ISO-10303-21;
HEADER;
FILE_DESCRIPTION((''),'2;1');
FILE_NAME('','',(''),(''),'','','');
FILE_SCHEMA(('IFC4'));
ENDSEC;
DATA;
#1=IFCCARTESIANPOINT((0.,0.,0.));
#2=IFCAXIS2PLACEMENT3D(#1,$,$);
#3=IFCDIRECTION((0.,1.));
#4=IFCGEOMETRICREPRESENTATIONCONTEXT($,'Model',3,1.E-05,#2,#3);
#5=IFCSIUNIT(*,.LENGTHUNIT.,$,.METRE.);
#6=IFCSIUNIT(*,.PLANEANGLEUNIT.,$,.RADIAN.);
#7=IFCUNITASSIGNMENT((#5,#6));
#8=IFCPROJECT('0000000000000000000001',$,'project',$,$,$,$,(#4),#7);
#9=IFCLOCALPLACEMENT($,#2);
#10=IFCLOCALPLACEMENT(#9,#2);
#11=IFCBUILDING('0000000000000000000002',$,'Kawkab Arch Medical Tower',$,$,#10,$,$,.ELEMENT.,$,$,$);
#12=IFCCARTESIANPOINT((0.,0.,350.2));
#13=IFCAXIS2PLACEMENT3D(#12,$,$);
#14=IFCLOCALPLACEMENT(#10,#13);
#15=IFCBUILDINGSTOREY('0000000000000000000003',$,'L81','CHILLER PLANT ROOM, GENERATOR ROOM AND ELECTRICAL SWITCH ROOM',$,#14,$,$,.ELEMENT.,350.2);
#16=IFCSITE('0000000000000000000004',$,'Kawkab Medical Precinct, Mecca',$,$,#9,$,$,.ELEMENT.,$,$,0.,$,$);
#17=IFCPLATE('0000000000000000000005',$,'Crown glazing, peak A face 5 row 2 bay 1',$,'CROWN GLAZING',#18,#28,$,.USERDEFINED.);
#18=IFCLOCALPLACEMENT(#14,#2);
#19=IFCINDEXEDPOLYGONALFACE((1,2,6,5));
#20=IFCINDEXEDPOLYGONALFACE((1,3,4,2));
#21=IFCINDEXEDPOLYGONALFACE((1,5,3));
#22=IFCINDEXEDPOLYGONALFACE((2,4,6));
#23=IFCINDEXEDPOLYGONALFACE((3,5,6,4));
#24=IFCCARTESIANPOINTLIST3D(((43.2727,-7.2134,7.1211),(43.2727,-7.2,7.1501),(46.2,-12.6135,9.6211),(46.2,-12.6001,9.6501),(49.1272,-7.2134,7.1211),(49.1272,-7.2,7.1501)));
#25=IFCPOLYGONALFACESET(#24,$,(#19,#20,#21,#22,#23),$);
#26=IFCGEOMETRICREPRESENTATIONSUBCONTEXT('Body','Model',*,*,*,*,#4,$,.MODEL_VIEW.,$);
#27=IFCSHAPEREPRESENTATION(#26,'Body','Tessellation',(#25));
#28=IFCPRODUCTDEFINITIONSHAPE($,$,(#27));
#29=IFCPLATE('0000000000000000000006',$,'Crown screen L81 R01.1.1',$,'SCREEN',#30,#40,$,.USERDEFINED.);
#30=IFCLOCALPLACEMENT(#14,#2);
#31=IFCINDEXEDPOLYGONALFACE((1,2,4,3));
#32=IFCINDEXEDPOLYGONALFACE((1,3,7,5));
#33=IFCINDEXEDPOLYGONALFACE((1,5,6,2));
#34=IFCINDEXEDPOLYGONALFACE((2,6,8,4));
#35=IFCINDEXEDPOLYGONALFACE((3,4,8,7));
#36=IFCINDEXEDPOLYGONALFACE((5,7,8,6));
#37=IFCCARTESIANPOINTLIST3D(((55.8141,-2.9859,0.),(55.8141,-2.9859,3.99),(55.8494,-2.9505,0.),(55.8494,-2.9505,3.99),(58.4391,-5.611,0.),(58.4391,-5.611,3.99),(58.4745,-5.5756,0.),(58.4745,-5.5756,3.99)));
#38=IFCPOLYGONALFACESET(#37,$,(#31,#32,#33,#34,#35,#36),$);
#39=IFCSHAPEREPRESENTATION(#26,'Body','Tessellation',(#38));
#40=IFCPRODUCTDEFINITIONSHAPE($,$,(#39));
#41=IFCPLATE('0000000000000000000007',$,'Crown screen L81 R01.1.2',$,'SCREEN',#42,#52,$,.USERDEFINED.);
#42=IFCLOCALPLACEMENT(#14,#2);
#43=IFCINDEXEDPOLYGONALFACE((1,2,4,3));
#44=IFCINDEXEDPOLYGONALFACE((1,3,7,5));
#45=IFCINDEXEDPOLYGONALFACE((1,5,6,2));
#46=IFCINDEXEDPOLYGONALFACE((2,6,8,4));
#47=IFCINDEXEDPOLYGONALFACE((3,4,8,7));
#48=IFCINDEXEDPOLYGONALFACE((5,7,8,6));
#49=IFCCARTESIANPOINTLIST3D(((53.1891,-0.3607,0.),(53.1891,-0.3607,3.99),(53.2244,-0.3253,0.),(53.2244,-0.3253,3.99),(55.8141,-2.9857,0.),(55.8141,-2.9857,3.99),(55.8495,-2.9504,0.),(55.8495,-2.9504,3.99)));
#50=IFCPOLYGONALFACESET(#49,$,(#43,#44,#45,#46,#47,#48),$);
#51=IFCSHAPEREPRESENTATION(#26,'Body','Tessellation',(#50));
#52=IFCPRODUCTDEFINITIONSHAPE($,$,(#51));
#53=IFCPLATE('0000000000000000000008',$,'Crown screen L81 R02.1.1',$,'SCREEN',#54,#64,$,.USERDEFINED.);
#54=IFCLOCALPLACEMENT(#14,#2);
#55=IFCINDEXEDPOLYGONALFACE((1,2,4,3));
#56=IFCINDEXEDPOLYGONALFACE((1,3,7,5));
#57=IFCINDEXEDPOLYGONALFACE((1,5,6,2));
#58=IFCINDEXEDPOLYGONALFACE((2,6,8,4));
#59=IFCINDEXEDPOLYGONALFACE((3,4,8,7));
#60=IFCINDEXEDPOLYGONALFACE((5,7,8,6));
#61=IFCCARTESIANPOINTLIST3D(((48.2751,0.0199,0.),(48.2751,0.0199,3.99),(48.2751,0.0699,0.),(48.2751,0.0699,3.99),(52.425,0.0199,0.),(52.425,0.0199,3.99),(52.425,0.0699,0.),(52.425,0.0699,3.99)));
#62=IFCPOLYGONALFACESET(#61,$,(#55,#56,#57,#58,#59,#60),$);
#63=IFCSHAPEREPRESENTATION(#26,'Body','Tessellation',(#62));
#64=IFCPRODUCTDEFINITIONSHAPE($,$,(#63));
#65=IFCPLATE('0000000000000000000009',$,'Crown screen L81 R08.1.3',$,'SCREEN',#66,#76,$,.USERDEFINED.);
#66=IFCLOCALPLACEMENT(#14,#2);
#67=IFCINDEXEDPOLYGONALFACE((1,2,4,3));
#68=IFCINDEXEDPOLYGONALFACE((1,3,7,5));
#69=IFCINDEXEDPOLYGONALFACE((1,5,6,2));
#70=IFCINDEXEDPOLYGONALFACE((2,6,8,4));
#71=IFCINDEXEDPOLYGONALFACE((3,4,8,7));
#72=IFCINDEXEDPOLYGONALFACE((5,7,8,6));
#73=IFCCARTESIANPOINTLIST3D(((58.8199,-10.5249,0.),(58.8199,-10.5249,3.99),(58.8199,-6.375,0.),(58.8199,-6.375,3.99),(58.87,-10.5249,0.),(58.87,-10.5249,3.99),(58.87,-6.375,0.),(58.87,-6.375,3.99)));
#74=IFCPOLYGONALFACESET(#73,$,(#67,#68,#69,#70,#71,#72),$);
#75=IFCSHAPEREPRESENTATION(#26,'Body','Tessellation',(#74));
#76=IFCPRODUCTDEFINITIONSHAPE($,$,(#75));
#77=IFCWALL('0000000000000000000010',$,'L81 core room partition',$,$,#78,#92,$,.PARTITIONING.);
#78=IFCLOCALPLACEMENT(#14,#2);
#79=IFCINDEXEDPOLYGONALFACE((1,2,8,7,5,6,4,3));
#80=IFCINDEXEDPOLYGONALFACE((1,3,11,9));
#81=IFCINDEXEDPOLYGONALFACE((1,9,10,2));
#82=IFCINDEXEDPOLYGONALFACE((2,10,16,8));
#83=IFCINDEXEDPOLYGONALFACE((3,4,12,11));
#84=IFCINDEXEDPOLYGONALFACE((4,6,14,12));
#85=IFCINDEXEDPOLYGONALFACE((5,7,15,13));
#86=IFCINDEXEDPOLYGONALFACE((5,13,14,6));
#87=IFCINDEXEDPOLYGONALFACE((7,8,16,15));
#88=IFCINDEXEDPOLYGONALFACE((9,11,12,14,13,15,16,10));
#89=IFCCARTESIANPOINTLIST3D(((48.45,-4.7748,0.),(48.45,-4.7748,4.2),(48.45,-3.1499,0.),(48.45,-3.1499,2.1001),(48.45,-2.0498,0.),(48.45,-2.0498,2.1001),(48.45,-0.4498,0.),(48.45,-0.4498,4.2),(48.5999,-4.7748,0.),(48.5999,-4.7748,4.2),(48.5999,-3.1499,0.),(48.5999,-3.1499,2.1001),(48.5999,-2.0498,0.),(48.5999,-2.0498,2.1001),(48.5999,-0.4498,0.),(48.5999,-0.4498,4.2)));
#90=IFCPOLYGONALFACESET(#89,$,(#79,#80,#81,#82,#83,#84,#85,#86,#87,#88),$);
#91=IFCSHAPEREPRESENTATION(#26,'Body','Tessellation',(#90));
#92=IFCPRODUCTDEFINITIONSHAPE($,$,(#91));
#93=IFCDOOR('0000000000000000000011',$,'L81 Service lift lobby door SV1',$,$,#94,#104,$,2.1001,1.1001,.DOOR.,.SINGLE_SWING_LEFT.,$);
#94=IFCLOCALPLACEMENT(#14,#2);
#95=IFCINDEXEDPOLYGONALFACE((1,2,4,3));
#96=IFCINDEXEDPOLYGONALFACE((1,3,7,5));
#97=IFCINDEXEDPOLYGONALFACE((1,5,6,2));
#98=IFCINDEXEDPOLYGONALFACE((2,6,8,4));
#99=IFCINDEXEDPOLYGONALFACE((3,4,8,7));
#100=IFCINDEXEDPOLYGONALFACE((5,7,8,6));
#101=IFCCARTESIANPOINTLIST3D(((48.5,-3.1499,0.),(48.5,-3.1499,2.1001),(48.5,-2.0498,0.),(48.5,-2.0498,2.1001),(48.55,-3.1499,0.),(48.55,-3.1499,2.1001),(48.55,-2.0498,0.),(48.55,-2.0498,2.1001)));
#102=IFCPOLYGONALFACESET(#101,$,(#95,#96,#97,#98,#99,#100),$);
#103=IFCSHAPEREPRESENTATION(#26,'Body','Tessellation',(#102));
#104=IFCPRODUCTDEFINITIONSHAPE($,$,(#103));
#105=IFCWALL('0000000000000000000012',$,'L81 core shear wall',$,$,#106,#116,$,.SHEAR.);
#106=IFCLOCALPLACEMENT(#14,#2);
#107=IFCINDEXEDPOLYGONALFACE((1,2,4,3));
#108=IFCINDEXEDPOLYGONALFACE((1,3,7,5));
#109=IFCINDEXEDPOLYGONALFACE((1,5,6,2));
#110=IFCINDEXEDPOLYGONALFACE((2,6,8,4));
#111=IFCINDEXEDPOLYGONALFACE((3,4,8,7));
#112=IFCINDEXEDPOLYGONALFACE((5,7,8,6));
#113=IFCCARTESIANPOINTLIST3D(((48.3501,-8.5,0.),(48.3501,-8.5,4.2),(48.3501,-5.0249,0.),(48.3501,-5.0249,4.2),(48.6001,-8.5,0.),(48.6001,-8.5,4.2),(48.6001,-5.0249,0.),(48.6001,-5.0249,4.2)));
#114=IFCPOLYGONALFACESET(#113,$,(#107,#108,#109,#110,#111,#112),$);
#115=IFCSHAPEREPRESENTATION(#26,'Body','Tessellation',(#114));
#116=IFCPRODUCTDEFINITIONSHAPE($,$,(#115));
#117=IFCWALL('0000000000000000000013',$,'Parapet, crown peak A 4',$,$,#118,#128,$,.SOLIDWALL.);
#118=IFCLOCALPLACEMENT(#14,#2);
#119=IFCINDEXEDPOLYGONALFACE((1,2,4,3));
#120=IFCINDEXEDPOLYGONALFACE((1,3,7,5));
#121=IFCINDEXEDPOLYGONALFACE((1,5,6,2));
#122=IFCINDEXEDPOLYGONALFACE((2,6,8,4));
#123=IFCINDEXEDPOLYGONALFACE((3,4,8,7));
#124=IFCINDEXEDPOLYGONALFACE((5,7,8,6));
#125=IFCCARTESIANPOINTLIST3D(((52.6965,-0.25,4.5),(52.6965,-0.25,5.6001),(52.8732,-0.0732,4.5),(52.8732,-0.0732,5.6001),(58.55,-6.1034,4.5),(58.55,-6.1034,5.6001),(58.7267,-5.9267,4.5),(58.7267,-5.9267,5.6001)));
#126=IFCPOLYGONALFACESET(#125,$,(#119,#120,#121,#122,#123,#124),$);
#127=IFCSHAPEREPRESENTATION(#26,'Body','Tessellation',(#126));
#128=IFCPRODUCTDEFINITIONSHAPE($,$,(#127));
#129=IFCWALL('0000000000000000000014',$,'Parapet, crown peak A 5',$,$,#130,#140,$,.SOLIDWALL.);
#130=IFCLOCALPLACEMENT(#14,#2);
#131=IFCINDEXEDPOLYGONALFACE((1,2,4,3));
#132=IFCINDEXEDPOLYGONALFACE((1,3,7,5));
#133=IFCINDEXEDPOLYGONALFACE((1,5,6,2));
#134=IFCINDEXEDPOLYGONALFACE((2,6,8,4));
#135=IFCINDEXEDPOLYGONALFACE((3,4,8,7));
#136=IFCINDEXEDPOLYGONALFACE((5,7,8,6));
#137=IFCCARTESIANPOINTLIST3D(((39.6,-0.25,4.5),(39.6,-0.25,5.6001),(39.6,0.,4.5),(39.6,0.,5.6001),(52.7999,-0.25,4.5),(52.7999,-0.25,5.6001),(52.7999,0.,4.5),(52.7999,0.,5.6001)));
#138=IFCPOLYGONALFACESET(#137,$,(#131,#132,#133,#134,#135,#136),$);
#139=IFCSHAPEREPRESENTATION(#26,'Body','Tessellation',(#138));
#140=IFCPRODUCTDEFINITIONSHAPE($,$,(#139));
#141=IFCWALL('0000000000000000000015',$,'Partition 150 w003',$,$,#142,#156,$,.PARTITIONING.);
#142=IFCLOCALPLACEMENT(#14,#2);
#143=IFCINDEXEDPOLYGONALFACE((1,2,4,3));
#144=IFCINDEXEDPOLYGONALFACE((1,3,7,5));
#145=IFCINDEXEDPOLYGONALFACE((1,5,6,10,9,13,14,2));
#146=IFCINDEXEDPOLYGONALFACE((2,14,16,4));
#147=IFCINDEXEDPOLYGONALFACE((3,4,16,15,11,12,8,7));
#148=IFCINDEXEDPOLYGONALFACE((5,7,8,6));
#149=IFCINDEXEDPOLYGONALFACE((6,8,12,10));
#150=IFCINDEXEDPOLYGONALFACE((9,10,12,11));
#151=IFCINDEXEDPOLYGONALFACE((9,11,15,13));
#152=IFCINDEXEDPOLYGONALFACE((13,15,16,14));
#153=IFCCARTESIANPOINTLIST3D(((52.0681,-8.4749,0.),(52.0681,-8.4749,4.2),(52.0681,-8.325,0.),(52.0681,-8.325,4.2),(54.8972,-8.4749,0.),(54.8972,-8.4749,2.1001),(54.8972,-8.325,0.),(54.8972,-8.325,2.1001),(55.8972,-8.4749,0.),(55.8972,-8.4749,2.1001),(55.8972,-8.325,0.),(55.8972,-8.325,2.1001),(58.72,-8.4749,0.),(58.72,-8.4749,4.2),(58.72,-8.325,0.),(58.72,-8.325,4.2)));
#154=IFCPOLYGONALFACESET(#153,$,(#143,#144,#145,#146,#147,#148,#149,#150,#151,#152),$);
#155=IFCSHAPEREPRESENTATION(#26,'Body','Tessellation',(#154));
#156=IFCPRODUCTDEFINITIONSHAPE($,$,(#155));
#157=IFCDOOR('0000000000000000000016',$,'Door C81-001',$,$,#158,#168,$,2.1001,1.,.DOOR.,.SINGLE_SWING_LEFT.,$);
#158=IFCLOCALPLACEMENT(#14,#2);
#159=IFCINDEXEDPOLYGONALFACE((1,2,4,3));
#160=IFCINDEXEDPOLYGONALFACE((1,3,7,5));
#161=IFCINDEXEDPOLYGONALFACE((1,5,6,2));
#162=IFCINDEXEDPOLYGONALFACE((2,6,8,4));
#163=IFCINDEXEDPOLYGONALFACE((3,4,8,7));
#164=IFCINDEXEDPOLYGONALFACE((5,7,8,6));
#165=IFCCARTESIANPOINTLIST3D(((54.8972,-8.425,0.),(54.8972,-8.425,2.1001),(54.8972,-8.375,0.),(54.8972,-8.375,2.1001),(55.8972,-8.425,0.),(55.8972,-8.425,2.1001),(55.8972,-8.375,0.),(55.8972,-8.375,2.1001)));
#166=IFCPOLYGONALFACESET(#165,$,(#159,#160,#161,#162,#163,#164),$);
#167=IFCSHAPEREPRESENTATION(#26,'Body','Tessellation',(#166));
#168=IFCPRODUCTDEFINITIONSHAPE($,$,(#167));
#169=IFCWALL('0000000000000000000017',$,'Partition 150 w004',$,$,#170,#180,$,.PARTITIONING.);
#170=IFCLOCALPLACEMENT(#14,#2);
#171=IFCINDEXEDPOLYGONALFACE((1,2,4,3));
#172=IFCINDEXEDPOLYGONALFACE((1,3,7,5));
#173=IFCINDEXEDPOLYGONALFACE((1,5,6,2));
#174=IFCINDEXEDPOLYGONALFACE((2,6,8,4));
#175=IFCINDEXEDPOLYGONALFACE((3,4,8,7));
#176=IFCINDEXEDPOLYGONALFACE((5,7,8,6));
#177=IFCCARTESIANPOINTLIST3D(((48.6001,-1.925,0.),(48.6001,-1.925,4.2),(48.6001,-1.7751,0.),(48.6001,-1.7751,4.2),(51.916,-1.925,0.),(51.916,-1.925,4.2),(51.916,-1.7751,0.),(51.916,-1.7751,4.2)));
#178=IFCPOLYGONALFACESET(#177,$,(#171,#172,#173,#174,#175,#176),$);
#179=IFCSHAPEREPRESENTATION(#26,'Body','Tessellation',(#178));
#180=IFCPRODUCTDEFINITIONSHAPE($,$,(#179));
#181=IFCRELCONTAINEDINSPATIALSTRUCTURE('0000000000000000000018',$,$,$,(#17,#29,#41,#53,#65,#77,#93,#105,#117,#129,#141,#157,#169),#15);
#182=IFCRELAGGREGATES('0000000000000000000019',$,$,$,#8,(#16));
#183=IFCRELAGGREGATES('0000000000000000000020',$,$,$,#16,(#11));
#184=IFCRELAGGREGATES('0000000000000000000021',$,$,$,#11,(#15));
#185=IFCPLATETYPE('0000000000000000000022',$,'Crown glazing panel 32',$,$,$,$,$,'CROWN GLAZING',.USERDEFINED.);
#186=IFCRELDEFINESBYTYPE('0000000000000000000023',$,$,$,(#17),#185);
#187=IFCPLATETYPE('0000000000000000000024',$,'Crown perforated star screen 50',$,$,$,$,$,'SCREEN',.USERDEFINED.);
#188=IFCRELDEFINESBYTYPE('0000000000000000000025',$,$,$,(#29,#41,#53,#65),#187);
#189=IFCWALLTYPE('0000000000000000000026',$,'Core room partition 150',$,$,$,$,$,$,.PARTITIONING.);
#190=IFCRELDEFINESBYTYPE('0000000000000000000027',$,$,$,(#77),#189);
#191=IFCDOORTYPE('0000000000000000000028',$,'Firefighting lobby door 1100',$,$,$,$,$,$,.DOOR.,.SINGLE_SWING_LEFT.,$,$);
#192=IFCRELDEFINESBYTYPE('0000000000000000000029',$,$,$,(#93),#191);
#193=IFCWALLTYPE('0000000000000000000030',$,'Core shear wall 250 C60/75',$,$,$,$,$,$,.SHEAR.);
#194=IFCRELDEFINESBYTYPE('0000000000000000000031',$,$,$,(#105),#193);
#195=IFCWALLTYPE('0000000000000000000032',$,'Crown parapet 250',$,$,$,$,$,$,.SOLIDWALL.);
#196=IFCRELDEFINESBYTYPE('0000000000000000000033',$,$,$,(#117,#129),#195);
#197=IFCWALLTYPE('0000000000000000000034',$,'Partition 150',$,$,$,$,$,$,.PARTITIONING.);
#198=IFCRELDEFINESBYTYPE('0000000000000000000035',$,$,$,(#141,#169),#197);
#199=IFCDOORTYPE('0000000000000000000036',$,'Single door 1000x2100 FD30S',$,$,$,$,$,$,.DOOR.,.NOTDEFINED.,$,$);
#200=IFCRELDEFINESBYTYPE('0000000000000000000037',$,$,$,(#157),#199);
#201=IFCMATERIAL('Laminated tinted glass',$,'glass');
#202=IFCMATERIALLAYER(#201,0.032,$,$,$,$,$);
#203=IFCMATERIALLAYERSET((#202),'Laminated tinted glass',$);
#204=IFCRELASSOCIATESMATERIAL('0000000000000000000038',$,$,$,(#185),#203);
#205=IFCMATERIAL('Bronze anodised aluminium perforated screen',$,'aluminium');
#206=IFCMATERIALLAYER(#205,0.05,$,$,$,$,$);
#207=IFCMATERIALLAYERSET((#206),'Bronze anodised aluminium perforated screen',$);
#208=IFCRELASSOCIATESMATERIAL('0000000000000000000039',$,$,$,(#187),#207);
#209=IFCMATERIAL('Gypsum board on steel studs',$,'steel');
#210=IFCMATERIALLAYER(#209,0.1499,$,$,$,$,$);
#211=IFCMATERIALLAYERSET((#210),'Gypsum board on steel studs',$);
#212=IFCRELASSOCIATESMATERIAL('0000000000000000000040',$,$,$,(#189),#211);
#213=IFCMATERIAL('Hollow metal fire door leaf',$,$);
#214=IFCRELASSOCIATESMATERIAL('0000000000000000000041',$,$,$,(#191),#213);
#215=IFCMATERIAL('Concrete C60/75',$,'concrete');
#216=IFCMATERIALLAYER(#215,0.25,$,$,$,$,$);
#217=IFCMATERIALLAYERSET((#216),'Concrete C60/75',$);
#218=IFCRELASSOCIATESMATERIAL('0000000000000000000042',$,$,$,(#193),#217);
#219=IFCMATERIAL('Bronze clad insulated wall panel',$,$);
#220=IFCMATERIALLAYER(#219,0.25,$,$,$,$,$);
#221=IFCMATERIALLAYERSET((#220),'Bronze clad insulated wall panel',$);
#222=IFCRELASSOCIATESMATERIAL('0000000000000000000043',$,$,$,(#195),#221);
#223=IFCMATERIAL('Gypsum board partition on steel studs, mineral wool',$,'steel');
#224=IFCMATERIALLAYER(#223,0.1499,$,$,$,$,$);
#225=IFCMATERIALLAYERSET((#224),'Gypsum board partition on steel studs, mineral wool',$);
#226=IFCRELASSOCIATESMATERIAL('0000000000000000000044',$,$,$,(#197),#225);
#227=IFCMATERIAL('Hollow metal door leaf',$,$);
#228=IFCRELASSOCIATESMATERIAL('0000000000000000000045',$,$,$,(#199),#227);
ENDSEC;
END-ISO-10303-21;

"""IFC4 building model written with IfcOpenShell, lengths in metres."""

from ifc_helpers import new_model, si_unit, direction, frame, frame_2d, origin, origin_2d, place, context, subcontext, project, spatial, polyline, rectangle, outline, extrude, material, layer, layer_set, type_object, element, fill, save


model = new_model("IFC4")

# Units and contexts
model_context = context("Model", 3, precision=1e-05, world=origin(), true_north=direction((0.0, 1.0)))
body_context = subcontext(model_context, "Body", "Model", "MODEL_VIEW")
ifc_project = project(units=[si_unit("LENGTHUNIT", "METRE"), si_unit("PLANEANGLEUNIT", "RADIAN")], contexts=[model_context])

# Site, building, storey
site_placement = place(None, origin())
site = spatial("IfcSite", under=ifc_project, at=site_placement, Name="Kawkab Medical Precinct, Mecca", CompositionType="ELEMENT", RefElevation=0.0)
building_placement = place(site_placement, origin())
building = spatial("IfcBuilding", under=site, at=building_placement, Name="Kawkab Arch Medical Tower", CompositionType="ELEMENT")
storey_placement = place(building_placement, frame((0.0, 0.0, 350.2)))
storey = spatial("IfcBuildingStorey", under=building, at=storey_placement, Name="L81", Description="CHILLER PLANT ROOM, GENERATOR ROOM AND ELECTRICAL SWITCH ROOM", CompositionType="ELEMENT", Elevation=350.2)

# Plates
ifc_material_1 = material(Name="Laminated tinted glass", Category="glass")
ifc_layer_1 = layer(ifc_material_1, 0.032)
ifc_layer_set_1 = layer_set([ifc_layer_1], Name="Laminated tinted glass")
plate_type_1 = type_object("IfcPlateType", Name="Crown glazing panel 32", ElementType="CROWN GLAZING", PredefinedType="USERDEFINED", material=ifc_layer_set_1)
plate_1_placement = place(storey_placement, frame((49.1272, -7.2, 7.1501), z_axis=(0.0, 0.420114, 0.907471), x_axis=(-1.0, 0.0, 0.0)))
element("IfcPlate", 1, at=plate_1_placement, inside=storey, type_object=plate_type_1, Name="Crown glazing, peak A face 5 row 2 bay 1", ObjectType="CROWN GLAZING", PredefinedType="USERDEFINED", context=body_context, shape_type="SweptSolid", body=[
    extrude(outline(polyline([(0.0, 0.0), (5.8545, 0.0), (2.9272, 5.9508), (0.0, 0.0)])), origin(), (0.0, 0.0, -1.0), 0.032),
])
ifc_material_2 = material(Name="Bronze anodised aluminium perforated screen", Category="aluminium")
ifc_layer_2 = layer(ifc_material_2, 0.05)
ifc_layer_set_2 = layer_set([ifc_layer_2], Name="Bronze anodised aluminium perforated screen")
plate_type_2 = type_object("IfcPlateType", Name="Crown perforated star screen 50", ElementType="SCREEN", PredefinedType="USERDEFINED", material=ifc_layer_set_2)
for number, where, z_axis, x_axis, name in (
    (2, (57.1443, -4.2808, 0.0), (0.0, 0.0, 1.0), (-0.707107, 0.707107, 0.0), "Crown screen L81 R01.1.1"),
    (3, (54.5193, -1.6555, 0.0), (0.0, 0.0, 1.0), (-0.707107, 0.707107, 0.0), "Crown screen L81 R01.1.2"),
):
    element("IfcPlate", number, at=place(storey_placement, frame(where, z_axis=z_axis, x_axis=x_axis)), inside=storey, type_object=plate_type_2, Name=name, ObjectType="SCREEN", PredefinedType="USERDEFINED", context=body_context, shape_type="SweptSolid", body=[
        extrude(rectangle(XDim=3.7124, YDim=0.05, at=origin_2d()), origin(), (0.0, 0.0, 1.0), 3.99),
    ])
for number, where, z_axis, x_axis, name in (
    (4, (50.3501, 0.0449, 0.0), (0.0, 0.0, 1.0), (-1.0, 0.0, 0.0), "Crown screen L81 R02.1.1"),
    (5, (58.845, -8.45, 0.0), (0.0, 0.0, 1.0), (0.0, 1.0, 0.0), "Crown screen L81 R08.1.3"),
):
    element("IfcPlate", number, at=place(storey_placement, frame(where, z_axis=z_axis, x_axis=x_axis)), inside=storey, type_object=plate_type_2, Name=name, ObjectType="SCREEN", PredefinedType="USERDEFINED", context=body_context, shape_type="SweptSolid", body=[
        extrude(rectangle(XDim=4.1499, YDim=0.05, at=origin_2d()), origin(), (0.0, 0.0, 1.0), 3.99),
    ])

# Wall, opening, door
ifc_material_3 = material(Name="Gypsum board on steel studs", Category="steel")
ifc_layer_3 = layer(ifc_material_3, 0.1499)
ifc_layer_set_3 = layer_set([ifc_layer_3], Name="Gypsum board on steel studs")
wall_type_1 = type_object("IfcWallType", Name="Core room partition 150", PredefinedType="PARTITIONING", material=ifc_layer_set_3)
wall_1_placement = place(storey_placement, frame((48.5249, -4.7749, 0.0), z_axis=(0.0, 0.0, 1.0), x_axis=(0.0, 1.0, 0.0)))
wall_1 = element("IfcWall", 6, at=wall_1_placement, inside=storey, type_object=wall_type_1, Name="L81 core room partition", PredefinedType="PARTITIONING", context=body_context, shape_type="SweptSolid", body=[
    extrude(rectangle(XDim=4.325, YDim=0.1499, at=frame_2d((2.1626, 0.0))), origin(), (0.0, 0.0, 1.0), 4.2),
])
opening_1_placement = place(wall_1_placement, frame((1.625, 0.0, 0.0)))
opening_1 = element("IfcOpeningElement", 7, at=opening_1_placement, cuts=wall_1, PredefinedType="OPENING", context=body_context, shape_type="SweptSolid", body=[
    extrude(rectangle(XDim=1.1001, YDim=2.1001, at=frame_2d((0.55, 1.05))), frame((0.0, 0.085, 0.0), z_axis=(0.0, -1.0, 0.0), x_axis=(1.0, 0.0, 0.0)), (0.0, 0.0, 1.0), 0.1699),
])
ifc_material_4 = material(Name="Hollow metal fire door leaf")
door_type_1 = type_object("IfcDoorType", Name="Firefighting lobby door 1100", OperationType="SINGLE_SWING_LEFT", PredefinedType="DOOR", material=ifc_material_4)
door_1_placement = place(opening_1_placement, origin())
door_1 = element("IfcDoor", 8, at=door_1_placement, inside=storey, type_object=door_type_1, Name="L81 Service lift lobby door SV1", OperationType="SINGLE_SWING_LEFT", OverallHeight=2.1001, OverallWidth=1.1001, PredefinedType="DOOR", context=body_context, shape_type="SweptSolid", body=[
    extrude(rectangle(XDim=1.1001, YDim=2.1001, at=frame_2d((0.55, 1.05))), frame((0.0, 0.0249, 0.0), z_axis=(0.0, -1.0, 0.0), x_axis=(1.0, 0.0, 0.0)), (0.0, 0.0, 1.0), 0.05),
])
fill(opening_1, door_1)

# Walls
ifc_material_5 = material(Name="Concrete C60/75", Category="concrete")
ifc_layer_4 = layer(ifc_material_5, 0.25)
ifc_layer_set_4 = layer_set([ifc_layer_4], Name="Concrete C60/75")
wall_type_2 = type_object("IfcWallType", Name="Core shear wall 250 C60/75", PredefinedType="SHEAR", material=ifc_layer_set_4)
wall_2_placement = place(storey_placement, frame((48.4751, -8.5, 0.0), z_axis=(0.0, 0.0, 1.0), x_axis=(0.0, 1.0, 0.0)))
element("IfcWall", 9, at=wall_2_placement, inside=storey, type_object=wall_type_2, Name="L81 core shear wall", PredefinedType="SHEAR", context=body_context, shape_type="SweptSolid", body=[
    extrude(rectangle(XDim=3.4751, YDim=0.25, at=frame_2d((1.7375, 0.0))), origin(), (0.0, 0.0, 1.0), 4.2),
])
ifc_material_6 = material(Name="Bronze clad insulated wall panel")
ifc_layer_5 = layer(ifc_material_6, 0.25)
ifc_layer_set_5 = layer_set([ifc_layer_5], Name="Bronze clad insulated wall panel")
wall_type_3 = type_object("IfcWallType", Name="Crown parapet 250", PredefinedType="SOLIDWALL", material=ifc_layer_set_5)
wall_3_placement = place(storey_placement, frame((58.6384, -6.0151, 4.5), z_axis=(0.0, 0.0, 1.0), x_axis=(-0.707107, 0.707107, 0.0)))
element("IfcWall", 10, at=wall_3_placement, inside=storey, type_object=wall_type_3, Name="Parapet, crown peak A 4", PredefinedType="SOLIDWALL", context=body_context, shape_type="SweptSolid", body=[
    extrude(rectangle(XDim=8.2781, YDim=0.25, at=frame_2d((4.1392, 0.0))), origin(), (0.0, 0.0, 1.0), 1.1001),
])
wall_4_placement = place(storey_placement, frame((52.8, -0.125, 4.5), z_axis=(0.0, 0.0, 1.0), x_axis=(-1.0, 0.0, 0.0)))
element("IfcWall", 11, at=wall_4_placement, inside=storey, type_object=wall_type_3, Name="Parapet, crown peak A 5", PredefinedType="SOLIDWALL", context=body_context, shape_type="SweptSolid", body=[
    extrude(rectangle(XDim=13.2, YDim=0.25, at=frame_2d((6.6001, 0.0))), origin(), (0.0, 0.0, 1.0), 1.1001),
])

# Wall, opening, door
ifc_material_7 = material(Name="Gypsum board partition on steel studs, mineral wool", Category="steel")
ifc_layer_6 = layer(ifc_material_7, 0.1499)
ifc_layer_set_6 = layer_set([ifc_layer_6], Name="Gypsum board partition on steel studs, mineral wool")
wall_type_4 = type_object("IfcWallType", Name="Partition 150", PredefinedType="PARTITIONING", material=ifc_layer_set_6)
wall_5_placement = place(storey_placement, frame((52.0681, -8.3999, 0.0), z_axis=(0.0, 0.0, 1.0), x_axis=(1.0, 0.0, 0.0)))
wall_5 = element("IfcWall", 12, at=wall_5_placement, inside=storey, type_object=wall_type_4, Name="Partition 150 w003", PredefinedType="PARTITIONING", context=body_context, shape_type="SweptSolid", body=[
    extrude(rectangle(XDim=6.6519, YDim=0.1499, at=frame_2d((3.3259, 0.0))), origin(), (0.0, 0.0, 1.0), 4.2),
])
opening_2_placement = place(wall_5_placement, frame((2.8291, 0.0, 0.0)))
opening_2 = element("IfcOpeningElement", 13, at=opening_2_placement, cuts=wall_5, PredefinedType="OPENING", context=body_context, shape_type="SweptSolid", body=[
    extrude(rectangle(XDim=1.0, YDim=2.1001, at=frame_2d((0.5, 1.05))), frame((0.0, 0.085, 0.0), z_axis=(0.0, -1.0, 0.0), x_axis=(1.0, 0.0, 0.0)), (0.0, 0.0, 1.0), 0.1699),
])
ifc_material_8 = material(Name="Hollow metal door leaf")
door_type_2 = type_object("IfcDoorType", Name="Single door 1000x2100 FD30S", OperationType="NOTDEFINED", PredefinedType="DOOR", material=ifc_material_8)
door_2_placement = place(opening_2_placement, origin())
door_2 = element("IfcDoor", 14, at=door_2_placement, inside=storey, type_object=door_type_2, Name="Door C81-001", OperationType="SINGLE_SWING_LEFT", OverallHeight=2.1001, OverallWidth=1.0, PredefinedType="DOOR", context=body_context, shape_type="SweptSolid", body=[
    extrude(rectangle(XDim=1.0, YDim=2.1001, at=frame_2d((0.5, 1.05))), frame((0.0, 0.0249, 0.0), z_axis=(0.0, -1.0, 0.0), x_axis=(1.0, 0.0, 0.0)), (0.0, 0.0, 1.0), 0.05),
])
fill(opening_2, door_2)

# Wall
wall_6_placement = place(storey_placement, frame((48.6001, -1.8501, 0.0), z_axis=(0.0, 0.0, 1.0), x_axis=(1.0, 0.0, 0.0)))
element("IfcWall", 15, at=wall_6_placement, inside=storey, type_object=wall_type_4, Name="Partition 150 w004", PredefinedType="PARTITIONING", context=body_context, shape_type="SweptSolid", body=[
    extrude(rectangle(XDim=3.3159, YDim=0.1499, at=frame_2d((1.658, 0.0))), origin(), (0.0, 0.0, 1.0), 4.2),
])

save(model, "model.ifc")
